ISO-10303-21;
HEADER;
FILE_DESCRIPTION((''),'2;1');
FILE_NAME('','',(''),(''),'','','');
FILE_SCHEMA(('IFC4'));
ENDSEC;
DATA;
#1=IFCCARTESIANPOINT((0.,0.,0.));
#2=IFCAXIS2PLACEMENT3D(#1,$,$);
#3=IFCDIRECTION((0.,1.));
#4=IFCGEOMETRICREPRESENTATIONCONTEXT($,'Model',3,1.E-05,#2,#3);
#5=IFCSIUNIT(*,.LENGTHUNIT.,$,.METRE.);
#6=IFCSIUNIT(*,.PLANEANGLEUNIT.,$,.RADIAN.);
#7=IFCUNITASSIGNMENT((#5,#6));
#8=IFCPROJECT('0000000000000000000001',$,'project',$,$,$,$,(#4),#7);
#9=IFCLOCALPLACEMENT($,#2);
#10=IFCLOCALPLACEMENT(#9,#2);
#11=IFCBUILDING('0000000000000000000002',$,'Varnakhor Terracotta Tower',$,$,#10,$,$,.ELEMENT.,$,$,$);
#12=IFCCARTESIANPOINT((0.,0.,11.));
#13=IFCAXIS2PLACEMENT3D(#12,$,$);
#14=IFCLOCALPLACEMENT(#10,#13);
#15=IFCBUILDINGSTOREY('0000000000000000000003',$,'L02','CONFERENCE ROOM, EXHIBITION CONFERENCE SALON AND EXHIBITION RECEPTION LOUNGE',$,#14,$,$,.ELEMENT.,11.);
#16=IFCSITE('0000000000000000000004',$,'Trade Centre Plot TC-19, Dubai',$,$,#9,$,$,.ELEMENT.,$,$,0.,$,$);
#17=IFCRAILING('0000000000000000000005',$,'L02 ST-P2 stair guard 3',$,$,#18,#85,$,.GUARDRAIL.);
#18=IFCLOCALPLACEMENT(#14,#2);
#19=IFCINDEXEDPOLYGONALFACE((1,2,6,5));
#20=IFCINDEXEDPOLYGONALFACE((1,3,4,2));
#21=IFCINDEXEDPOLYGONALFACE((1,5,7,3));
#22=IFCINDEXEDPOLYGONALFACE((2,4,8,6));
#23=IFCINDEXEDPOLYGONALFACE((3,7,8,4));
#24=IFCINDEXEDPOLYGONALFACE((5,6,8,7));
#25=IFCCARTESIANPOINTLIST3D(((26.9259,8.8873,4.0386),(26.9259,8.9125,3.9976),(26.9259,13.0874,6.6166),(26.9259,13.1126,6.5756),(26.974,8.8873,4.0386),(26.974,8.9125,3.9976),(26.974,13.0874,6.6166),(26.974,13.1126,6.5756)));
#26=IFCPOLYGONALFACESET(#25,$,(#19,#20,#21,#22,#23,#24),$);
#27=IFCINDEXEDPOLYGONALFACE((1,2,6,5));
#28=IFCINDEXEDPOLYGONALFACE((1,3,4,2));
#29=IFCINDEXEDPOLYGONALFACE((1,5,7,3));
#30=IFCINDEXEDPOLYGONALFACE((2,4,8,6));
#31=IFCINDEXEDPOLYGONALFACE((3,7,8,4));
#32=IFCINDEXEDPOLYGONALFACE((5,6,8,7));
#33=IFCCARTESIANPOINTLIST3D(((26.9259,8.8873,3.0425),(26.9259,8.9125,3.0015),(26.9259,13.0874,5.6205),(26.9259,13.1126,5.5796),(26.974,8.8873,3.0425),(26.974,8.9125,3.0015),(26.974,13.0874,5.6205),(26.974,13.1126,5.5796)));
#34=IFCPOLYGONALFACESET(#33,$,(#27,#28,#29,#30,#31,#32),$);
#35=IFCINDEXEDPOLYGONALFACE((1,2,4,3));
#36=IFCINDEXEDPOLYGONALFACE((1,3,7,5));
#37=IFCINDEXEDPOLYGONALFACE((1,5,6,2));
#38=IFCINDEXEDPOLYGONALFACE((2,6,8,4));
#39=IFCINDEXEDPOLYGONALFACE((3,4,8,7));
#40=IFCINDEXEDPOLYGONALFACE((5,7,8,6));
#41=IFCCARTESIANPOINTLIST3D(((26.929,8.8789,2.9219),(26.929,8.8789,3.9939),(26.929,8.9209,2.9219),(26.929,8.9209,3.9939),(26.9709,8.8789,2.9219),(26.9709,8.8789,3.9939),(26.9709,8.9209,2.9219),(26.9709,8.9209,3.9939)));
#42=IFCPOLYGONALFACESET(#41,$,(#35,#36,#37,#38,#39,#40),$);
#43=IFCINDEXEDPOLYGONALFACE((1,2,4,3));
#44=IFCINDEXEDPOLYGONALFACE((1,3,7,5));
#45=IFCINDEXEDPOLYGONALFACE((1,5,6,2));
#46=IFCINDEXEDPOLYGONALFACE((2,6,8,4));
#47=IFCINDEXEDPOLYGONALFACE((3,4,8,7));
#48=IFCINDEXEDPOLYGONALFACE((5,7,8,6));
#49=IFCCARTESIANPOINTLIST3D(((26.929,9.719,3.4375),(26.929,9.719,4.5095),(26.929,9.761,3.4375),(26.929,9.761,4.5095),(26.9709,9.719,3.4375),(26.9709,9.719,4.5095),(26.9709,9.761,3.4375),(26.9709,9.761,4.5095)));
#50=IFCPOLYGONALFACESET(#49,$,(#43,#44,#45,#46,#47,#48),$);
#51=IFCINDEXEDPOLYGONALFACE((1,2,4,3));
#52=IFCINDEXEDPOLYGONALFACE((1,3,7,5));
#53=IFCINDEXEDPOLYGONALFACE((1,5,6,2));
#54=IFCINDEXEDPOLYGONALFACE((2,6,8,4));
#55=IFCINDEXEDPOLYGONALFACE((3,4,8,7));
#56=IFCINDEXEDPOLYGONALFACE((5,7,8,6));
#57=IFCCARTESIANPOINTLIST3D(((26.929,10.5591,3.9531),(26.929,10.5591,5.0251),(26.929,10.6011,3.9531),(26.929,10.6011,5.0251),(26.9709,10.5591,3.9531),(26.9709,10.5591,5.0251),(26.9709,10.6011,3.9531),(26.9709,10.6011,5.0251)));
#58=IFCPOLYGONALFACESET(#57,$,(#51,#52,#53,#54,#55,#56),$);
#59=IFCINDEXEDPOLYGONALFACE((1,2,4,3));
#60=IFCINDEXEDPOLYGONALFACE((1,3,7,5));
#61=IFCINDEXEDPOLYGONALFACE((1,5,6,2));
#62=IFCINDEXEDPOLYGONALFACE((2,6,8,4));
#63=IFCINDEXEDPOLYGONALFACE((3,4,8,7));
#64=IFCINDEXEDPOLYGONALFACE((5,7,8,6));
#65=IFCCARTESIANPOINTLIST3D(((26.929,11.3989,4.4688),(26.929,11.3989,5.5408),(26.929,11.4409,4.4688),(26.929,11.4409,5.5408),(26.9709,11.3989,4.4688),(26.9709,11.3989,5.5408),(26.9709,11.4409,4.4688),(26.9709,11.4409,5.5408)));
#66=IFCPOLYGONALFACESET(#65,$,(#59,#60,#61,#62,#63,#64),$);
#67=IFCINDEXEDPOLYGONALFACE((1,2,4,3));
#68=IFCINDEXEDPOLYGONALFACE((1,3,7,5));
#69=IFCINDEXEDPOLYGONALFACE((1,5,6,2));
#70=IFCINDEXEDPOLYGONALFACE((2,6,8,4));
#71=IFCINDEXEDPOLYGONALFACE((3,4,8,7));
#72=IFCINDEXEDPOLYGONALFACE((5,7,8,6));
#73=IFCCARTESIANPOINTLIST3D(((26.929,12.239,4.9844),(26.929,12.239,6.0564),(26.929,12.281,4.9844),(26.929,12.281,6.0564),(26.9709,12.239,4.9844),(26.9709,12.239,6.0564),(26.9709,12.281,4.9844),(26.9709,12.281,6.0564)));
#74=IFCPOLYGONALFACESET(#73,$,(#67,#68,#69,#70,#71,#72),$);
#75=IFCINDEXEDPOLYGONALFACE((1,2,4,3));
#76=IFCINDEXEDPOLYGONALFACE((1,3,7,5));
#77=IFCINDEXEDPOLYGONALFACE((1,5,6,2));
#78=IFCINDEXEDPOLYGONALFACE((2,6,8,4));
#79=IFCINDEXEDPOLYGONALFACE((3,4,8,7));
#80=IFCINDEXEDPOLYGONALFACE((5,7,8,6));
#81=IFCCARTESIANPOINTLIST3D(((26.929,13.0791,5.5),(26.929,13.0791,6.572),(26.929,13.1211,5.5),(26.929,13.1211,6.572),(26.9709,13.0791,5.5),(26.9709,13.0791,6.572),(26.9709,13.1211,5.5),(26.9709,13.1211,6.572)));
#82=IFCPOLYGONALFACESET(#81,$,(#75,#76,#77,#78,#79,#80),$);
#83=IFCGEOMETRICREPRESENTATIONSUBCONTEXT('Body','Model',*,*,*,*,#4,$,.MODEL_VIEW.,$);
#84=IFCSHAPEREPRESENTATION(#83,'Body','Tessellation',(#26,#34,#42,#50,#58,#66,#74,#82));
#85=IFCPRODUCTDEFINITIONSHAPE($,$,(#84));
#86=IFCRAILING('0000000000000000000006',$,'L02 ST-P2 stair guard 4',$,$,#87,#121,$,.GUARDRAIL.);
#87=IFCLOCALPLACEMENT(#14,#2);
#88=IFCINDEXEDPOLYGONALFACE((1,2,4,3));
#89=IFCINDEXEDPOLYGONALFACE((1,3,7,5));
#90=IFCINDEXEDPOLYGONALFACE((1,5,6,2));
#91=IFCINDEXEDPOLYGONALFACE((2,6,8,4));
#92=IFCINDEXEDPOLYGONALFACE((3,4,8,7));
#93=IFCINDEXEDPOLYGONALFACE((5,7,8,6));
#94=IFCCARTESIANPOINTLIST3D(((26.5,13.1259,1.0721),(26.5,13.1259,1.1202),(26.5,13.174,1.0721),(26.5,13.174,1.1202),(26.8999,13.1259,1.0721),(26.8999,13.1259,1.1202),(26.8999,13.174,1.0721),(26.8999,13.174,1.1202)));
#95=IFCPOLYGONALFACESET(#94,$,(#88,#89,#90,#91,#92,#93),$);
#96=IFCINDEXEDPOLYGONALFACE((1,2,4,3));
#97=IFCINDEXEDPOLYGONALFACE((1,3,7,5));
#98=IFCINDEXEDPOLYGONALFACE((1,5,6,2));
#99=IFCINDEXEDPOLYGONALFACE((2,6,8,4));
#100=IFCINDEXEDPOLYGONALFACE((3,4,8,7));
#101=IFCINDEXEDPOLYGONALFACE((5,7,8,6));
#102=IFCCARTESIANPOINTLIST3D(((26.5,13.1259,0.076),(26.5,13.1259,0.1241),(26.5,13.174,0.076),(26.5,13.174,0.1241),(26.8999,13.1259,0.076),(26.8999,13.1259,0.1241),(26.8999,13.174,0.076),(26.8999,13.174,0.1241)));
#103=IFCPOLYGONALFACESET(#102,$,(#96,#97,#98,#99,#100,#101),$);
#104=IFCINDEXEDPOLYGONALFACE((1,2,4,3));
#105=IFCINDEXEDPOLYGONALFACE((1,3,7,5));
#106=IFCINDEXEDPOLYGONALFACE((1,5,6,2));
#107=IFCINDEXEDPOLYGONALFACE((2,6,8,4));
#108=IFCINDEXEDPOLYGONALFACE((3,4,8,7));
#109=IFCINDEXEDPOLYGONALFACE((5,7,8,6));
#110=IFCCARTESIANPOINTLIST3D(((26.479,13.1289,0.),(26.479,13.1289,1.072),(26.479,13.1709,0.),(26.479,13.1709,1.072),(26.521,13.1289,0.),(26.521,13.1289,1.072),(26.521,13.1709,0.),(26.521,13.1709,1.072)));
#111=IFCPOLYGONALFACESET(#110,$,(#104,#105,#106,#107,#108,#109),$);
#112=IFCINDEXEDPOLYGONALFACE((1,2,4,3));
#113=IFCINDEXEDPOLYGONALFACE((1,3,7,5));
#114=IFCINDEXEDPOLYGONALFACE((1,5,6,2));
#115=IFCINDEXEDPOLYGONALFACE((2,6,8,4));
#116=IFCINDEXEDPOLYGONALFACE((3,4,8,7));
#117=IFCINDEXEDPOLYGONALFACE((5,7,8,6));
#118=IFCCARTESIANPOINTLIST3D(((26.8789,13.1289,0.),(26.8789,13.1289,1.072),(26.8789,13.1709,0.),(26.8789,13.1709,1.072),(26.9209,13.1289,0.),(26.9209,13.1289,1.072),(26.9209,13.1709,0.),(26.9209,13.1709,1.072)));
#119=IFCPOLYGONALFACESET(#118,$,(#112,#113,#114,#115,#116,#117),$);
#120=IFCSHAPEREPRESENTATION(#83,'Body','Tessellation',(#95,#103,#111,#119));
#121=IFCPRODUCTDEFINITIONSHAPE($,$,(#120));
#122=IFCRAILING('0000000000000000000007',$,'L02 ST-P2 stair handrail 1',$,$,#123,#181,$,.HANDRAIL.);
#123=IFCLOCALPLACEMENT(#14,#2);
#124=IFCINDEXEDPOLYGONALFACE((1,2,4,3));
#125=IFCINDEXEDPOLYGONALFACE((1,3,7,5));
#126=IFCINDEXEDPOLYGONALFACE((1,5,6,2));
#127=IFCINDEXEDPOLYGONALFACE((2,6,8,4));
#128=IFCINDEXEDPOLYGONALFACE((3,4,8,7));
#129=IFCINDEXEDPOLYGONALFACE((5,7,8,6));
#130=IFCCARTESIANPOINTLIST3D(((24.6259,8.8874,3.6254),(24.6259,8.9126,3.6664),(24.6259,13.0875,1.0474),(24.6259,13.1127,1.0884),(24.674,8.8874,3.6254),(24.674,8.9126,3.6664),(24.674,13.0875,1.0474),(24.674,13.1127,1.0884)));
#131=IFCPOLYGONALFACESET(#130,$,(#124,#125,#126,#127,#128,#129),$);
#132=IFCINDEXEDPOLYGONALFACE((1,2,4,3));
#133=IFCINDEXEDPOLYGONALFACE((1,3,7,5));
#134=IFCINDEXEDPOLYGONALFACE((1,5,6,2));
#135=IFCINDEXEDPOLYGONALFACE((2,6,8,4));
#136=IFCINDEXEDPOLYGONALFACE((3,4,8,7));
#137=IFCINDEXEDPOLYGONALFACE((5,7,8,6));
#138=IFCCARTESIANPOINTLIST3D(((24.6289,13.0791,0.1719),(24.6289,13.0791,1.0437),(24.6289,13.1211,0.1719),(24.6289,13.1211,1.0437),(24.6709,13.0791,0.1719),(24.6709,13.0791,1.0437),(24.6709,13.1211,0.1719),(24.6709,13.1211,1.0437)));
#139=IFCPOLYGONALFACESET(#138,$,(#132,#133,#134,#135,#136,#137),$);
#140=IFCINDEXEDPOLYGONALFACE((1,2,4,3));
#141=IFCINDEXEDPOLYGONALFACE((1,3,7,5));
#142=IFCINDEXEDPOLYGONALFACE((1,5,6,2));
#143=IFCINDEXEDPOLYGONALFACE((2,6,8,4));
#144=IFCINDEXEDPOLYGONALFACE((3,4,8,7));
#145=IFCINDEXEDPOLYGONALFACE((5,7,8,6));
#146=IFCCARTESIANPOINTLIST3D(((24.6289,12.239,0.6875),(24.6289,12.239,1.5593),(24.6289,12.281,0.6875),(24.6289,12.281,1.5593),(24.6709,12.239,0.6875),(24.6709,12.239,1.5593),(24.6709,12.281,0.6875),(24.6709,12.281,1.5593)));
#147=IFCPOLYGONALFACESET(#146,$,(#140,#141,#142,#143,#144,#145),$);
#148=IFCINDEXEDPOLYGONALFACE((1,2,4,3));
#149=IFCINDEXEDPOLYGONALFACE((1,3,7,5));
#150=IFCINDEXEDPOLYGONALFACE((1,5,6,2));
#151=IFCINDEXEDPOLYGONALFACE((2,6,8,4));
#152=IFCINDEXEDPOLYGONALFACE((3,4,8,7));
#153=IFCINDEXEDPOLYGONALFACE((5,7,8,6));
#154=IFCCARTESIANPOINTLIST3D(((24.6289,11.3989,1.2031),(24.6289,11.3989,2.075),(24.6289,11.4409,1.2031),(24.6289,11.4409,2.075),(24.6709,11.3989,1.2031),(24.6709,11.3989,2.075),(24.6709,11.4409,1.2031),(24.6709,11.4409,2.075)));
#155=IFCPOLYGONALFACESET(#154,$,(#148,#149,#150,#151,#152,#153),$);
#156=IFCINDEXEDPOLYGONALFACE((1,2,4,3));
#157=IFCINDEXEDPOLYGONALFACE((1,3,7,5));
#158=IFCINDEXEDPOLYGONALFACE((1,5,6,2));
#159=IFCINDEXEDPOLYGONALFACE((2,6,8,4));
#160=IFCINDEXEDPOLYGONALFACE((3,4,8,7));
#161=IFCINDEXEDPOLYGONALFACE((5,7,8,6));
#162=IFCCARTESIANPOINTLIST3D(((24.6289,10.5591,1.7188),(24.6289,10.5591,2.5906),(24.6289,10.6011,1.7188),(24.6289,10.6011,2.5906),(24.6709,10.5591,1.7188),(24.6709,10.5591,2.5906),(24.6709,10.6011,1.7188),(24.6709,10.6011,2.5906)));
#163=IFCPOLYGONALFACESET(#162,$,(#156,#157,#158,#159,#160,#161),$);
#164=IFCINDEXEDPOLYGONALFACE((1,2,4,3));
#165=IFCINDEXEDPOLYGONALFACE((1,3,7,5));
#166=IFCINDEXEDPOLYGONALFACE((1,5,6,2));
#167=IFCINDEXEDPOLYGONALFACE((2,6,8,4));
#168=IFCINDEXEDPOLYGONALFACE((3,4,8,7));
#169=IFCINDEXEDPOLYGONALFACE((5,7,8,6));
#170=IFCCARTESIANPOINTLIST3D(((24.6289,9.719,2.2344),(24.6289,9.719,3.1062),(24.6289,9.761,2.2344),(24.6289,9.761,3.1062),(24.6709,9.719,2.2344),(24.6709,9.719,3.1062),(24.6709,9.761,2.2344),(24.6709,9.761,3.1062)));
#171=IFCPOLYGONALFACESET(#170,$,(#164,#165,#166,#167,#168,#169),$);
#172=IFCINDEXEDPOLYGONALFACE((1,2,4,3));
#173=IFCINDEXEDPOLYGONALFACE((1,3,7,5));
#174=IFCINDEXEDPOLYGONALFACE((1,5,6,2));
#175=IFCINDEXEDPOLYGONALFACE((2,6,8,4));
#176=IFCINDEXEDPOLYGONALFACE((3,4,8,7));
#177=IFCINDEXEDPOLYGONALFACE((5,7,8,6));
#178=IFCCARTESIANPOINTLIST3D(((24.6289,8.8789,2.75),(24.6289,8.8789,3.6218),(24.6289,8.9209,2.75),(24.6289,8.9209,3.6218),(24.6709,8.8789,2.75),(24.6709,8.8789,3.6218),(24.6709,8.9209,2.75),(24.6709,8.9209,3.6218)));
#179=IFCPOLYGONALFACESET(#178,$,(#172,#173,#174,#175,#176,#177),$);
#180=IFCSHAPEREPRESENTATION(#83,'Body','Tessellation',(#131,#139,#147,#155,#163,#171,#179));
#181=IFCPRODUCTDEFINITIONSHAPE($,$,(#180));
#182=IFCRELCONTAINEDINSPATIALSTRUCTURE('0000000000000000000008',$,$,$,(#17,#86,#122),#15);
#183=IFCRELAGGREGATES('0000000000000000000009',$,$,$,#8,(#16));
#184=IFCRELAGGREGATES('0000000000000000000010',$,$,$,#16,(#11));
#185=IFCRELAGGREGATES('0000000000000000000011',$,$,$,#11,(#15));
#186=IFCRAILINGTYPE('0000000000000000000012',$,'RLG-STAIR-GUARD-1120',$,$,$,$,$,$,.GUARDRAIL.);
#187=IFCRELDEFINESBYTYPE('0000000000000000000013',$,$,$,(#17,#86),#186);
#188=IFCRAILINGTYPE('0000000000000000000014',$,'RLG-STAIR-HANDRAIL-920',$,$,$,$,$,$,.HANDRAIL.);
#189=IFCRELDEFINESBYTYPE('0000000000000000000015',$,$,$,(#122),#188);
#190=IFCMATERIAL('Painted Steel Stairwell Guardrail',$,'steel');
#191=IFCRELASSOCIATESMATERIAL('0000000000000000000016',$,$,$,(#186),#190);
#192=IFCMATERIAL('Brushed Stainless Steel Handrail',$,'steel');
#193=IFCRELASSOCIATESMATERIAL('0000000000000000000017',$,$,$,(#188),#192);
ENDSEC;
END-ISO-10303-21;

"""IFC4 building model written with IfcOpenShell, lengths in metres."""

from ifc_helpers import new_model, si_unit, direction, frame, origin, origin_2d, place, context, subcontext, project, spatial, rectangle, extrude, material, type_object, element, save


model = new_model("IFC4")

# Units and contexts
model_context = context("Model", 3, precision=1e-05, world=origin(), true_north=direction((0.0, 1.0)))
body_context = subcontext(model_context, "Body", "Model", "MODEL_VIEW")
ifc_project = project(units=[si_unit("LENGTHUNIT", "METRE"), si_unit("PLANEANGLEUNIT", "RADIAN")], contexts=[model_context])

# Site, building, storey
site_placement = place(None, origin())
site = spatial("IfcSite", under=ifc_project, at=site_placement, Name="Trade Centre Plot TC-19, Dubai", CompositionType="ELEMENT", RefElevation=0.0)
building_placement = place(site_placement, origin())
building = spatial("IfcBuilding", under=site, at=building_placement, Name="Varnakhor Terracotta Tower", CompositionType="ELEMENT")
storey_placement = place(building_placement, frame((0.0, 0.0, 11.0)))
storey = spatial("IfcBuildingStorey", under=building, at=storey_placement, Name="L02", Description="CONFERENCE ROOM, EXHIBITION CONFERENCE SALON AND EXHIBITION RECEPTION LOUNGE", CompositionType="ELEMENT", Elevation=11.0)

# Railings
ifc_material_1 = material(Name="Painted Steel Stairwell Guardrail", Category="steel")
railing_type_1 = type_object("IfcRailingType", Name="RLG-STAIR-GUARD-1120", PredefinedType="GUARDRAIL", material=ifc_material_1)
railing_1_placement = place(storey_placement, frame((26.95, 8.8999, 2.9219)))
element("IfcRailing", 1, at=railing_1_placement, inside=storey, type_object=railing_type_1, Name="L02 ST-P2 stair guard 3", PredefinedType="GUARDRAIL", context=body_context, shape_type="SweptSolid", body=[
    extrude(rectangle(XDim=0.0481, YDim=0.0481, at=origin_2d()), frame((0.0, 0.0, 1.0962), z_axis=(0.0, 0.852256, 0.523124), x_axis=(-1.0, 0.0, 0.0)), (0.0, 0.0, 1.0), 4.9282),
    extrude(rectangle(XDim=0.0481, YDim=0.0481, at=origin_2d()), frame((0.0, 0.0, 0.1001), z_axis=(0.0, 0.852256, 0.523124), x_axis=(-1.0, 0.0, 0.0)), (0.0, 0.0, 1.0), 4.9282),
    extrude(rectangle(XDim=0.042, YDim=0.042, at=origin_2d()), origin(), (0.0, 0.0, 1.0), 1.072),
    extrude(rectangle(XDim=0.042, YDim=0.042, at=origin_2d()), frame((0.0, 0.8401, 0.5156)), (0.0, 0.0, 1.0), 1.072),
    extrude(rectangle(XDim=0.042, YDim=0.042, at=origin_2d()), frame((0.0, 1.6802, 1.0312)), (0.0, 0.0, 1.0), 1.072),
    extrude(rectangle(XDim=0.042, YDim=0.042, at=origin_2d()), frame((0.0, 2.52, 1.5469)), (0.0, 0.0, 1.0), 1.072),
    extrude(rectangle(XDim=0.042, YDim=0.042, at=origin_2d()), frame((0.0, 3.3601, 2.0625)), (0.0, 0.0, 1.0), 1.072),
    extrude(rectangle(XDim=0.042, YDim=0.042, at=origin_2d()), frame((0.0, 4.2002, 2.5781)), (0.0, 0.0, 1.0), 1.072),
])
railing_2_placement = place(storey_placement, frame((26.5, 13.1499, 0.0)))
element("IfcRailing", 2, at=railing_2_placement, inside=storey, type_object=railing_type_1, Name="L02 ST-P2 stair guard 4", PredefinedType="GUARDRAIL", context=body_context, shape_type="SweptSolid", body=[
    extrude(rectangle(XDim=0.0481, YDim=0.0481, at=origin_2d()), frame((0.0, 0.0, 1.0962), z_axis=(1.0, 0.0, 0.0), x_axis=(0.0, 1.0, 0.0)), (0.0, 0.0, 1.0), 0.3999),
    extrude(rectangle(XDim=0.0481, YDim=0.0481, at=origin_2d()), frame((0.0, 0.0, 0.1001), z_axis=(1.0, 0.0, 0.0), x_axis=(0.0, 1.0, 0.0)), (0.0, 0.0, 1.0), 0.3999),
    extrude(rectangle(XDim=0.042, YDim=0.042, at=origin_2d()), origin(), (0.0, 0.0, 1.0), 1.072),
    extrude(rectangle(XDim=0.042, YDim=0.042, at=origin_2d()), frame((0.3999, 0.0, 0.0)), (0.0, 0.0, 1.0), 1.072),
])
ifc_material_2 = material(Name="Brushed Stainless Steel Handrail", Category="steel")
railing_type_2 = type_object("IfcRailingType", Name="RLG-STAIR-HANDRAIL-920", PredefinedType="HANDRAIL", material=ifc_material_2)
railing_3_placement = place(storey_placement, frame((24.6499, 13.1001, 0.1719)))
element("IfcRailing", 3, at=railing_3_placement, inside=storey, type_object=railing_type_2, Name="L02 ST-P2 stair handrail 1", PredefinedType="HANDRAIL", context=body_context, shape_type="SweptSolid", body=[
    extrude(rectangle(XDim=0.0481, YDim=0.0481, at=origin_2d()), frame((0.0, 0.0, 0.896), z_axis=(0.0, -0.852256, 0.523124), x_axis=(1.0, 0.0, 0.0)), (0.0, 0.0, 1.0), 4.9282),
    extrude(rectangle(XDim=0.042, YDim=0.042, at=origin_2d()), origin(), (0.0, 0.0, 1.0), 0.8718),
    extrude(rectangle(XDim=0.042, YDim=0.042, at=origin_2d()), frame((0.0, -0.8401, 0.5156)), (0.0, 0.0, 1.0), 0.8718),
    extrude(rectangle(XDim=0.042, YDim=0.042, at=origin_2d()), frame((0.0, -1.6802, 1.0312)), (0.0, 0.0, 1.0), 0.8718),
    extrude(rectangle(XDim=0.042, YDim=0.042, at=origin_2d()), frame((0.0, -2.52, 1.5469)), (0.0, 0.0, 1.0), 0.8718),
    extrude(rectangle(XDim=0.042, YDim=0.042, at=origin_2d()), frame((0.0, -3.3601, 2.0625)), (0.0, 0.0, 1.0), 0.8718),
    extrude(rectangle(XDim=0.042, YDim=0.042, at=origin_2d()), frame((0.0, -4.2002, 2.5781)), (0.0, 0.0, 1.0), 0.8718),
])

save(model, "model.ifc")
